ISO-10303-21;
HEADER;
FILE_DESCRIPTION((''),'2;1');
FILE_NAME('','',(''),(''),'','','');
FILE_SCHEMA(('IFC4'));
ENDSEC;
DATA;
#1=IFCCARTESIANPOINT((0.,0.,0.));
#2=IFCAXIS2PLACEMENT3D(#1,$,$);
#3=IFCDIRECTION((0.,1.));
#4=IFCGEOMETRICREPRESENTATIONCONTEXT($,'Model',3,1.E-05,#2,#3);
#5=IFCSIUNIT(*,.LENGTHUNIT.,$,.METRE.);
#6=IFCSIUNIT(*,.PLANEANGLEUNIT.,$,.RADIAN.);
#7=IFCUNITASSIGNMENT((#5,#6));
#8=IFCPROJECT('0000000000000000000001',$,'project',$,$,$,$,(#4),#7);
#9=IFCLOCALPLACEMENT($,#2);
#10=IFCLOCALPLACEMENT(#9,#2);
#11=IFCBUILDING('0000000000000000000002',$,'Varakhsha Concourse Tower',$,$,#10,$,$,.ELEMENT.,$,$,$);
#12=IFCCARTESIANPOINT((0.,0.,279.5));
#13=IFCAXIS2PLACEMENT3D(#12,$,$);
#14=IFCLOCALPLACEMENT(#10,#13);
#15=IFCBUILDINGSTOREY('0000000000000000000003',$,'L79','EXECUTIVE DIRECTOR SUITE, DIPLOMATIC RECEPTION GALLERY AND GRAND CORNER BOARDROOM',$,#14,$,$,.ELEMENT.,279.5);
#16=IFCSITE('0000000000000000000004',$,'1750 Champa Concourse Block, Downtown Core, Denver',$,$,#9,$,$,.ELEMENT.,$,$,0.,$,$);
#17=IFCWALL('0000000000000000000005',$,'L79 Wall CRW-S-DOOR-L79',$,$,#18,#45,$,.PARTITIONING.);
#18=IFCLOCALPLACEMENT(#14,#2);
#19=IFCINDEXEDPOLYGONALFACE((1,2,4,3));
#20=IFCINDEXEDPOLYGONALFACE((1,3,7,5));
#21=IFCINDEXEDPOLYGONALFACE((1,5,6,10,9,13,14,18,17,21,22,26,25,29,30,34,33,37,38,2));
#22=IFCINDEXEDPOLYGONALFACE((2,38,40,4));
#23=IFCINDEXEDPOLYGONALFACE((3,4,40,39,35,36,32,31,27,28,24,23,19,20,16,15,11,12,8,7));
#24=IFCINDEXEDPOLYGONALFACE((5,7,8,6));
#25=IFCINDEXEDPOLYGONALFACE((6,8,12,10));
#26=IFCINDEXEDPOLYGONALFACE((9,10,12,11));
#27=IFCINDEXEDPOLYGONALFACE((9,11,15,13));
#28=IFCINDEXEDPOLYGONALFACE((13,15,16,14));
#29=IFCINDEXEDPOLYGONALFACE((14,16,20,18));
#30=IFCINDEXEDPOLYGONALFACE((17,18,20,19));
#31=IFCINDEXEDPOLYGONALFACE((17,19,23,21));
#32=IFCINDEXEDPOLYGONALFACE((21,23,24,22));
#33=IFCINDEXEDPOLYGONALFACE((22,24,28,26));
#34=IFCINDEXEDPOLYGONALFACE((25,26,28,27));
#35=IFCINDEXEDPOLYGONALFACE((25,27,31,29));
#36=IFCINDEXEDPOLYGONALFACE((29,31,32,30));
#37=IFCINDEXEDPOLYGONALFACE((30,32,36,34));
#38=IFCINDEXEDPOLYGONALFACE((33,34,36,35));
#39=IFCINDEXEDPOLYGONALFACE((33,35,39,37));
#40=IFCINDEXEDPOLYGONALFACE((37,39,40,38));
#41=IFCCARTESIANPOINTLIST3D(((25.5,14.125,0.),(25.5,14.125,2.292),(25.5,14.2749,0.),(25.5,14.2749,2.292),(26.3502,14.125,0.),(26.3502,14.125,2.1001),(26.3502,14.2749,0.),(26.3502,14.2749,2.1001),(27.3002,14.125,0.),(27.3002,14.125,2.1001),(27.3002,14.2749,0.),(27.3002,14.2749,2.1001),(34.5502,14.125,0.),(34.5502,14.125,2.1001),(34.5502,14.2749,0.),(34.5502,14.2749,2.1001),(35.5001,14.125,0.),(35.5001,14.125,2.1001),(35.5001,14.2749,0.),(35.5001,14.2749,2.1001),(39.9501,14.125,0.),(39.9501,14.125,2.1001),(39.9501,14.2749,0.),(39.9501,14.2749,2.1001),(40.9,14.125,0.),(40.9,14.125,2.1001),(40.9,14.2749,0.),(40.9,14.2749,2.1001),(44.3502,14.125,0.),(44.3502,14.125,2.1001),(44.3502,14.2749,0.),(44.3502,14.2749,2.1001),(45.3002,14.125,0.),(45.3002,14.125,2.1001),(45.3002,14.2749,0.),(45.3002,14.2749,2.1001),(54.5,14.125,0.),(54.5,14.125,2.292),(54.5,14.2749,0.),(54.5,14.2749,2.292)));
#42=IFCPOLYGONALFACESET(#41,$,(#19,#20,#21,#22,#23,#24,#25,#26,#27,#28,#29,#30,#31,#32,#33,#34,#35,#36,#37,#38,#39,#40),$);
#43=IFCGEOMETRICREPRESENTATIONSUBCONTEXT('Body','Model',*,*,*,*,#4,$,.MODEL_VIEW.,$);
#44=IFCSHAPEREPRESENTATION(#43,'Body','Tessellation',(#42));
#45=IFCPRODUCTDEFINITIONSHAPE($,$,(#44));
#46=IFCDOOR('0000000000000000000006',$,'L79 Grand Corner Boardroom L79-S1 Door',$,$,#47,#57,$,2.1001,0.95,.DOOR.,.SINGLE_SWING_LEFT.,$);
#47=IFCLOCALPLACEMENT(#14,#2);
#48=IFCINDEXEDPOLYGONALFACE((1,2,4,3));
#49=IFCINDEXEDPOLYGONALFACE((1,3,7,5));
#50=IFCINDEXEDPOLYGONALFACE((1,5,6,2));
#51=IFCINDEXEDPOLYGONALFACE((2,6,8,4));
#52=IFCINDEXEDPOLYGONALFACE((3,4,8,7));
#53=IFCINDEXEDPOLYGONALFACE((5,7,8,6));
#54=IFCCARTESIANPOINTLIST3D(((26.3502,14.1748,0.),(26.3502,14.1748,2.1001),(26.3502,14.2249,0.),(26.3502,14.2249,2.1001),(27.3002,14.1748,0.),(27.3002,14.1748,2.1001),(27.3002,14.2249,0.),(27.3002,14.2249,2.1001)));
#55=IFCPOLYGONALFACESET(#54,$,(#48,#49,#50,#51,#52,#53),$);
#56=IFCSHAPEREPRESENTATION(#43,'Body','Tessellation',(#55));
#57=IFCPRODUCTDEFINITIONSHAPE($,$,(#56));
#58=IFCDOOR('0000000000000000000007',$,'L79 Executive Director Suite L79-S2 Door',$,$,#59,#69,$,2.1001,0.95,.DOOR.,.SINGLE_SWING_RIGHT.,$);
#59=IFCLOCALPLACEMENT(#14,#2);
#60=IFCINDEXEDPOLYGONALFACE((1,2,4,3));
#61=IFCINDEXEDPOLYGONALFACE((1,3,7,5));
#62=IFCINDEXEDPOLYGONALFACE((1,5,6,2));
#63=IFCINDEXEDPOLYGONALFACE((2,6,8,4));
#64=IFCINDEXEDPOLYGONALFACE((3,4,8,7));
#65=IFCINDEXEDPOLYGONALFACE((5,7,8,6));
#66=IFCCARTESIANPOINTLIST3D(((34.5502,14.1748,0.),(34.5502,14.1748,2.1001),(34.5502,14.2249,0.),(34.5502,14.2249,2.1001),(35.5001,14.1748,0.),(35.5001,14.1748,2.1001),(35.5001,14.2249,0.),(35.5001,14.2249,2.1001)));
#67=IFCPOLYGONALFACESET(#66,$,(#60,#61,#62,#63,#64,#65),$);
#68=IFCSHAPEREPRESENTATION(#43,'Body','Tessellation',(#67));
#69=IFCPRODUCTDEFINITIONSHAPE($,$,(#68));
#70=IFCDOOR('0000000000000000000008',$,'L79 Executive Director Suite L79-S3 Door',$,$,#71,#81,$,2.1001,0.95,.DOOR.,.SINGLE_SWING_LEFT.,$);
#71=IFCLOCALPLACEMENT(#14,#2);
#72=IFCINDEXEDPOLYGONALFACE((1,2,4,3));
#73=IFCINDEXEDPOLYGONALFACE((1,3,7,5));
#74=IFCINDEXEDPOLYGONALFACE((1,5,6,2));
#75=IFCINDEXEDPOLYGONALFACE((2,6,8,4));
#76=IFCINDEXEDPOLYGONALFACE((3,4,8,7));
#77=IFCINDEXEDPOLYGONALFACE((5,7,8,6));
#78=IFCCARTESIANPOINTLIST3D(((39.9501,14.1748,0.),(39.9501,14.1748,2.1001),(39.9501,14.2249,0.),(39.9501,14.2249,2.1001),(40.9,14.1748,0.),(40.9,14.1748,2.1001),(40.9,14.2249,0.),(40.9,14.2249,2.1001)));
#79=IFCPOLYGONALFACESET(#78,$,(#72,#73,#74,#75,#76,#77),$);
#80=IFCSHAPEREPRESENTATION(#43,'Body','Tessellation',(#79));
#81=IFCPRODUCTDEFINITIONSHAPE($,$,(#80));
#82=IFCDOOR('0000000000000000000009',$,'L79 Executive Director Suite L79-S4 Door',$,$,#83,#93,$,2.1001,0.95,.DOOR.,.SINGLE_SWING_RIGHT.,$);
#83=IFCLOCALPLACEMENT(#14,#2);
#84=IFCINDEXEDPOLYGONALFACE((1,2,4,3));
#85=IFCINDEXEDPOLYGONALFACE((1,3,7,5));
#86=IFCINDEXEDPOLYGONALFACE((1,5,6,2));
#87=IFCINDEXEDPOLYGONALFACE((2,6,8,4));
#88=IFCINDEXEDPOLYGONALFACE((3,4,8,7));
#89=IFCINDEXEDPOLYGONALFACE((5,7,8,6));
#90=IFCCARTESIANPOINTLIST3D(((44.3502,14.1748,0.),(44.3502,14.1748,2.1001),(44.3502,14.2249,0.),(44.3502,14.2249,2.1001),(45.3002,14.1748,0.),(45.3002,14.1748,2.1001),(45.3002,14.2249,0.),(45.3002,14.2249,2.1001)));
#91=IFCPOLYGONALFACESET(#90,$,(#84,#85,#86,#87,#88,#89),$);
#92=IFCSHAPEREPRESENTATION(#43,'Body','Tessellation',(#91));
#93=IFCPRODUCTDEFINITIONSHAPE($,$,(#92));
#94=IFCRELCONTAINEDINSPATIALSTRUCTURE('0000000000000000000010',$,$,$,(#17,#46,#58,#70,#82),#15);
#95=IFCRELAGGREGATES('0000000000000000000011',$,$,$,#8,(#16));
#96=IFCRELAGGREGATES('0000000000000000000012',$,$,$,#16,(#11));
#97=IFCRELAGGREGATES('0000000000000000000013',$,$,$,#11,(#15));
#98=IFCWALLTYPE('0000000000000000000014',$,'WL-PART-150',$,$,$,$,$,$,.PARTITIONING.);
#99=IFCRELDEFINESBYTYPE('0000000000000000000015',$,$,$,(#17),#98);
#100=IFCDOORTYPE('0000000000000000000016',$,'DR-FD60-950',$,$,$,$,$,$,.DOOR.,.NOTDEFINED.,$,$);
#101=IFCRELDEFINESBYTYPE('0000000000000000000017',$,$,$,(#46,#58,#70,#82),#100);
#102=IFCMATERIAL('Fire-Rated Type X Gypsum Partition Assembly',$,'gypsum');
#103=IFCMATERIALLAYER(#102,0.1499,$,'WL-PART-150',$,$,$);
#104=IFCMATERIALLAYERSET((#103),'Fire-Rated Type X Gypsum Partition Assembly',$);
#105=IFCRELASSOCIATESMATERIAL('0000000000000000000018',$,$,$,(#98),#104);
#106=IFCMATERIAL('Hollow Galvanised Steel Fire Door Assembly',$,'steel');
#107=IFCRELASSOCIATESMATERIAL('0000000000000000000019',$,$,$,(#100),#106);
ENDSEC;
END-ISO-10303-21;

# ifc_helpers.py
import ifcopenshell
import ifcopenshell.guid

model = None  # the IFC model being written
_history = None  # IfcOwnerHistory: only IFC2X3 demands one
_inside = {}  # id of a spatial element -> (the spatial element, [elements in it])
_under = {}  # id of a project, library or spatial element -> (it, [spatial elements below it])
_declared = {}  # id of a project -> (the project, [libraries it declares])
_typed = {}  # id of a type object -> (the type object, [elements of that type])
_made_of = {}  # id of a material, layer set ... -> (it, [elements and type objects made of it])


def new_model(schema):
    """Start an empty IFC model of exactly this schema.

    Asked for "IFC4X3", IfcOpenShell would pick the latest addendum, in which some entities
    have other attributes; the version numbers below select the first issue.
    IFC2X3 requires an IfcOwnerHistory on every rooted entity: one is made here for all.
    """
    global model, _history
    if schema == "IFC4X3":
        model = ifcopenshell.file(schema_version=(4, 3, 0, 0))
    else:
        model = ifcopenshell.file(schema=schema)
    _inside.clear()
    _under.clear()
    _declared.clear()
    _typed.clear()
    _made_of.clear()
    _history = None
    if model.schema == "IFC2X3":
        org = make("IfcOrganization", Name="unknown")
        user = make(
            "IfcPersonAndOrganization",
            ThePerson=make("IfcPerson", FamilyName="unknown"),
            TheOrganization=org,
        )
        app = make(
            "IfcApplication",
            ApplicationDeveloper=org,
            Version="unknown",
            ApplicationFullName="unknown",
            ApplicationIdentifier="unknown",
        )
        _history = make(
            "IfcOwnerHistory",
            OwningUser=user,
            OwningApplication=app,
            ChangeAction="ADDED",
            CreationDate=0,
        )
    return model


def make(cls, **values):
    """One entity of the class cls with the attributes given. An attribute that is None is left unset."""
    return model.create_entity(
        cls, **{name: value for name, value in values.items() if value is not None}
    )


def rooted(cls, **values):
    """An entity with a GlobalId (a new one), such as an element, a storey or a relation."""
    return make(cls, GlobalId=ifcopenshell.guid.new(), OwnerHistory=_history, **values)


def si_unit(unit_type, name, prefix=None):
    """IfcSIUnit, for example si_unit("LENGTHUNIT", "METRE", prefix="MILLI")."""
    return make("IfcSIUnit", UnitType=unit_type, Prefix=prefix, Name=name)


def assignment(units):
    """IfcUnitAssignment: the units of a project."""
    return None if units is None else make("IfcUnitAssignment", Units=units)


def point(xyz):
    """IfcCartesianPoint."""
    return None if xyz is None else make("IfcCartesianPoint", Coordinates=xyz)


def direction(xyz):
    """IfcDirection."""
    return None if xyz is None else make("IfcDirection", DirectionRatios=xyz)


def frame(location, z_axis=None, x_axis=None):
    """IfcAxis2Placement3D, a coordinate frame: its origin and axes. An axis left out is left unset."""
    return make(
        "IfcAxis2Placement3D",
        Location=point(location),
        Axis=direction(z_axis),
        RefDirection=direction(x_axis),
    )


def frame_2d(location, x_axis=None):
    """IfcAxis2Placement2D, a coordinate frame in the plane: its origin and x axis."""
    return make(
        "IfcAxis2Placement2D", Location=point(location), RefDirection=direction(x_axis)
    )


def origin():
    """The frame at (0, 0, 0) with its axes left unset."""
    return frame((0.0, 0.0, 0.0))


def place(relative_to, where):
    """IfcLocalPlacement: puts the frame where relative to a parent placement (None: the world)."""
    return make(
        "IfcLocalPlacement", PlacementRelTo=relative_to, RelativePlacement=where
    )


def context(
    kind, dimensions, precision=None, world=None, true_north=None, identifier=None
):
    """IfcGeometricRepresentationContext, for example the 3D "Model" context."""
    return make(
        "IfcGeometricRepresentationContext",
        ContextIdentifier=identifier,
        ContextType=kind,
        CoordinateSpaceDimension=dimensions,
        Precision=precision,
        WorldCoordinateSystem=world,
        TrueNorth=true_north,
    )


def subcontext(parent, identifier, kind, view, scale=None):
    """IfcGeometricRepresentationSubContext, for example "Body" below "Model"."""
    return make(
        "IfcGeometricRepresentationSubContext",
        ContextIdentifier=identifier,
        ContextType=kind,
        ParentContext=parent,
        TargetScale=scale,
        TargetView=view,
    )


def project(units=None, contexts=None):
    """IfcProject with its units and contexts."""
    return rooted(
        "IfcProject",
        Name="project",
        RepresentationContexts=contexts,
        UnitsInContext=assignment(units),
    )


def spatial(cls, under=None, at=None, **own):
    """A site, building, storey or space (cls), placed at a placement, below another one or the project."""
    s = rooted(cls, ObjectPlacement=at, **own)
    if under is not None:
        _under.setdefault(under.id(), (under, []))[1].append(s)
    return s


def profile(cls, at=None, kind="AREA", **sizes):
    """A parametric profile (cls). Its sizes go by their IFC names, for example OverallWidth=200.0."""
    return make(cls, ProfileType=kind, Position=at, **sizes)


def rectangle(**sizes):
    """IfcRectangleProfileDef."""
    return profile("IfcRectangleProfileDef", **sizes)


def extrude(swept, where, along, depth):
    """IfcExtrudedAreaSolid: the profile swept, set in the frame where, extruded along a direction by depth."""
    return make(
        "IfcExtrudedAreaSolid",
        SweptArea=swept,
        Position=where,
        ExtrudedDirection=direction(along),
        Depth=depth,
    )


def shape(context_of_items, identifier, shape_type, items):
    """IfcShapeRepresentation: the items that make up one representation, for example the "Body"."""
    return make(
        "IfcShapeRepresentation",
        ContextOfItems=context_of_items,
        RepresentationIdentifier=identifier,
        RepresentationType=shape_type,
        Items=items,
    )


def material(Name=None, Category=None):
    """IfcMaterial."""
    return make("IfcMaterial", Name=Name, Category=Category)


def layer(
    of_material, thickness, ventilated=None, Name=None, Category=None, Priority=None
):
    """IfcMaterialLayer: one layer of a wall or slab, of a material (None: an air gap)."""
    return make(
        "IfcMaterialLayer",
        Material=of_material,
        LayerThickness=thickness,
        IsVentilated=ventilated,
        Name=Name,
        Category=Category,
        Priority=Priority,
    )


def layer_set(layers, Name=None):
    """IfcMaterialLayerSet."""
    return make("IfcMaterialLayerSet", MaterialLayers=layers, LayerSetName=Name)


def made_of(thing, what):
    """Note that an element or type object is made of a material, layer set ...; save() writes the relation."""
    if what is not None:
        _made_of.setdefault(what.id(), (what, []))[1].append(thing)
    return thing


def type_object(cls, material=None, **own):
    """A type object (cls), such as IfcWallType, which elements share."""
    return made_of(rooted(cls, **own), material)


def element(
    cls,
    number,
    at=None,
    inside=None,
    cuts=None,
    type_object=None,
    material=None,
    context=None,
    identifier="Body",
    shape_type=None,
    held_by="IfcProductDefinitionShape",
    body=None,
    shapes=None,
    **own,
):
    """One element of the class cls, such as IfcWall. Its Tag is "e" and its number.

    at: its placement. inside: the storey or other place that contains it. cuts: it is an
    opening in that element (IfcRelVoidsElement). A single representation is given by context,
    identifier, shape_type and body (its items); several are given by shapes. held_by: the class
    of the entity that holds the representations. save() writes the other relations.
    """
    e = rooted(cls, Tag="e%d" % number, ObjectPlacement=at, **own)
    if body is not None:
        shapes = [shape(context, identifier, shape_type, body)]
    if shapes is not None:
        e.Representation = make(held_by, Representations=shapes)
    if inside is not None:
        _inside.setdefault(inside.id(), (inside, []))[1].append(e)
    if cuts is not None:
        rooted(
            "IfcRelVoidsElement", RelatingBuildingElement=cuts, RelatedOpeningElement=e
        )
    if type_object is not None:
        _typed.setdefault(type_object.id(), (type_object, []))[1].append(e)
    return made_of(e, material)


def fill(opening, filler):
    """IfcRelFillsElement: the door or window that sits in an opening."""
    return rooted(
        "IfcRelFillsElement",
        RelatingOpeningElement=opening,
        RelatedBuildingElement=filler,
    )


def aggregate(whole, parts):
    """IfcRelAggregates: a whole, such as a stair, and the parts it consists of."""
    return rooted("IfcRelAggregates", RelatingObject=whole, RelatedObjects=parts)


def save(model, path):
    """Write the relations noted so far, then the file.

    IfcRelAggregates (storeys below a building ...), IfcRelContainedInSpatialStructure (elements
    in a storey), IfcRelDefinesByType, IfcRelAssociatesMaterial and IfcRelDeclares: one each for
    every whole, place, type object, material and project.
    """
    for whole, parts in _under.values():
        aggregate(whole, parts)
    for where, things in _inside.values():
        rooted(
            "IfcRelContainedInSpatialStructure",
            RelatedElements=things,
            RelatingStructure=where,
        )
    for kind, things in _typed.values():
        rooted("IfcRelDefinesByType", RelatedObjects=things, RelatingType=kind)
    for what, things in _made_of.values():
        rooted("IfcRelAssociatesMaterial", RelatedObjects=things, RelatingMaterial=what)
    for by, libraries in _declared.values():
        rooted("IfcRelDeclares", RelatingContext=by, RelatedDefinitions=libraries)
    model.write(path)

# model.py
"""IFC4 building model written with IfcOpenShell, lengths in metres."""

from ifc_helpers import new_model, si_unit, direction, frame, frame_2d, origin, place, context, subcontext, project, spatial, rectangle, extrude, material, layer, layer_set, type_object, element, fill, save


model = new_model("IFC4")

# Units and contexts
model_context = context("Model", 3, precision=1e-05, world=origin(), true_north=direction((0.0, 1.0)))
body_context = subcontext(model_context, "Body", "Model", "MODEL_VIEW")
ifc_project = project(units=[si_unit("LENGTHUNIT", "METRE"), si_unit("PLANEANGLEUNIT", "RADIAN")], contexts=[model_context])

# Site, building, storey
site_placement = place(None, origin())
site = spatial("IfcSite", under=ifc_project, at=site_placement, Name="1750 Champa Concourse Block, Downtown Core, Denver", CompositionType="ELEMENT", RefElevation=0.0)
building_placement = place(site_placement, origin())
building = spatial("IfcBuilding", under=site, at=building_placement, Name="Varakhsha Concourse Tower", CompositionType="ELEMENT")
storey_placement = place(building_placement, frame((0.0, 0.0, 279.5)))
storey = spatial("IfcBuildingStorey", under=building, at=storey_placement, Name="L79", Description="EXECUTIVE DIRECTOR SUITE, DIPLOMATIC RECEPTION GALLERY AND GRAND CORNER BOARDROOM", CompositionType="ELEMENT", Elevation=279.5)

# Wall, openings, doors
ifc_material_1 = material(Name="Fire-Rated Type X Gypsum Partition Assembly", Category="gypsum")
ifc_layer_1 = layer(ifc_material_1, 0.1499, Name="WL-PART-150")
ifc_layer_set_1 = layer_set([ifc_layer_1], Name="Fire-Rated Type X Gypsum Partition Assembly")
wall_type = type_object("IfcWallType", Name="WL-PART-150", PredefinedType="PARTITIONING", material=ifc_layer_set_1)
ifc_material_2 = material(Name="Hollow Galvanised Steel Fire Door Assembly", Category="steel")
door_type = type_object("IfcDoorType", Name="DR-FD60-950", OperationType="NOTDEFINED", PredefinedType="DOOR", material=ifc_material_2)
wall_1_placement = place(storey_placement, frame((25.5, 14.2, 0.0), z_axis=(0.0, 0.0, 1.0), x_axis=(1.0, 0.0, 0.0)))
wall_1 = element("IfcWall", 1, at=wall_1_placement, inside=storey, type_object=wall_type, Name="L79 Wall CRW-S-DOOR-L79", PredefinedType="PARTITIONING", context=body_context, shape_type="SweptSolid", body=[
    extrude(rectangle(XDim=29.0, YDim=0.1499, at=frame_2d((14.5, 0.0))), origin(), (0.0, 0.0, 1.0), 2.292),
])
opening_1_placement = place(wall_1_placement, frame((0.8501, 0.0, 0.0)))
opening_1 = element("IfcOpeningElement", 2, at=opening_1_placement, cuts=wall_1, PredefinedType="OPENING", context=body_context, shape_type="SweptSolid", body=[
    extrude(rectangle(XDim=0.95, YDim=2.1001, at=frame_2d((0.4751, 1.05))), frame((0.0, 0.085, 0.0), z_axis=(0.0, -1.0, 0.0), x_axis=(1.0, 0.0, 0.0)), (0.0, 0.0, 1.0), 0.1699),
])
opening_2_placement = place(wall_1_placement, frame((9.05, 0.0, 0.0)))
opening_2 = element("IfcOpeningElement", 3, at=opening_2_placement, cuts=wall_1, PredefinedType="OPENING", context=body_context, shape_type="SweptSolid", body=[
    extrude(rectangle(XDim=0.95, YDim=2.1001, at=frame_2d((0.4751, 1.05))), frame((0.0, 0.085, 0.0), z_axis=(0.0, -1.0, 0.0), x_axis=(1.0, 0.0, 0.0)), (0.0, 0.0, 1.0), 0.1699),
])
opening_3_placement = place(wall_1_placement, frame((14.45, 0.0, 0.0)))
opening_3 = element("IfcOpeningElement", 4, at=opening_3_placement, cuts=wall_1, PredefinedType="OPENING", context=body_context, shape_type="SweptSolid", body=[
    extrude(rectangle(XDim=0.95, YDim=2.1001, at=frame_2d((0.4751, 1.05))), frame((0.0, 0.085, 0.0), z_axis=(0.0, -1.0, 0.0), x_axis=(1.0, 0.0, 0.0)), (0.0, 0.0, 1.0), 0.1699),
])
opening_4_placement = place(wall_1_placement, frame((18.8501, 0.0, 0.0)))
opening_4 = element("IfcOpeningElement", 5, at=opening_4_placement, cuts=wall_1, PredefinedType="OPENING", context=body_context, shape_type="SweptSolid", body=[
    extrude(rectangle(XDim=0.95, YDim=2.1001, at=frame_2d((0.4751, 1.05))), frame((0.0, 0.085, 0.0), z_axis=(0.0, -1.0, 0.0), x_axis=(1.0, 0.0, 0.0)), (0.0, 0.0, 1.0), 0.1699),
])
door_1_placement = place(opening_1_placement, origin())
door_1 = element("IfcDoor", 6, at=door_1_placement, inside=storey, type_object=door_type, Name="L79 Grand Corner Boardroom L79-S1 Door", OperationType="SINGLE_SWING_LEFT", OverallHeight=2.1001, OverallWidth=0.95, PredefinedType="DOOR", context=body_context, shape_type="SweptSolid", body=[
    extrude(rectangle(XDim=0.95, YDim=2.1001, at=frame_2d((0.4751, 1.05))), frame((0.0, 0.0249, 0.0), z_axis=(0.0, -1.0, 0.0), x_axis=(1.0, 0.0, 0.0)), (0.0, 0.0, 1.0), 0.05),
])
fill(opening_1, door_1)
door_2_placement = place(opening_2_placement, origin())
door_2 = element("IfcDoor", 7, at=door_2_placement, inside=storey, type_object=door_type, Name="L79 Executive Director Suite L79-S2 Door", OperationType="SINGLE_SWING_RIGHT", OverallHeight=2.1001, OverallWidth=0.95, PredefinedType="DOOR", context=body_context, shape_type="SweptSolid", body=[
    extrude(rectangle(XDim=0.95, YDim=2.1001, at=frame_2d((0.4751, 1.05))), frame((0.0, 0.0249, 0.0), z_axis=(0.0, -1.0, 0.0), x_axis=(1.0, 0.0, 0.0)), (0.0, 0.0, 1.0), 0.05),
])
fill(opening_2, door_2)
door_3_placement = place(opening_3_placement, origin())
door_3 = element("IfcDoor", 8, at=door_3_placement, inside=storey, type_object=door_type, Name="L79 Executive Director Suite L79-S3 Door", OperationType="SINGLE_SWING_LEFT", OverallHeight=2.1001, OverallWidth=0.95, PredefinedType="DOOR", context=body_context, shape_type="SweptSolid", body=[
    extrude(rectangle(XDim=0.95, YDim=2.1001, at=frame_2d((0.4751, 1.05))), frame((0.0, 0.0249, 0.0), z_axis=(0.0, -1.0, 0.0), x_axis=(1.0, 0.0, 0.0)), (0.0, 0.0, 1.0), 0.05),
])
fill(opening_3, door_3)
door_4_placement = place(opening_4_placement, origin())
door_4 = element("IfcDoor", 9, at=door_4_placement, inside=storey, type_object=door_type, Name="L79 Executive Director Suite L79-S4 Door", OperationType="SINGLE_SWING_RIGHT", OverallHeight=2.1001, OverallWidth=0.95, PredefinedType="DOOR", context=body_context, shape_type="SweptSolid", body=[
    extrude(rectangle(XDim=0.95, YDim=2.1001, at=frame_2d((0.4751, 1.05))), frame((0.0, 0.0249, 0.0), z_axis=(0.0, -1.0, 0.0), x_axis=(1.0, 0.0, 0.0)), (0.0, 0.0, 1.0), 0.05),
])
fill(opening_4, door_4)

save(model, "model.ifc")
